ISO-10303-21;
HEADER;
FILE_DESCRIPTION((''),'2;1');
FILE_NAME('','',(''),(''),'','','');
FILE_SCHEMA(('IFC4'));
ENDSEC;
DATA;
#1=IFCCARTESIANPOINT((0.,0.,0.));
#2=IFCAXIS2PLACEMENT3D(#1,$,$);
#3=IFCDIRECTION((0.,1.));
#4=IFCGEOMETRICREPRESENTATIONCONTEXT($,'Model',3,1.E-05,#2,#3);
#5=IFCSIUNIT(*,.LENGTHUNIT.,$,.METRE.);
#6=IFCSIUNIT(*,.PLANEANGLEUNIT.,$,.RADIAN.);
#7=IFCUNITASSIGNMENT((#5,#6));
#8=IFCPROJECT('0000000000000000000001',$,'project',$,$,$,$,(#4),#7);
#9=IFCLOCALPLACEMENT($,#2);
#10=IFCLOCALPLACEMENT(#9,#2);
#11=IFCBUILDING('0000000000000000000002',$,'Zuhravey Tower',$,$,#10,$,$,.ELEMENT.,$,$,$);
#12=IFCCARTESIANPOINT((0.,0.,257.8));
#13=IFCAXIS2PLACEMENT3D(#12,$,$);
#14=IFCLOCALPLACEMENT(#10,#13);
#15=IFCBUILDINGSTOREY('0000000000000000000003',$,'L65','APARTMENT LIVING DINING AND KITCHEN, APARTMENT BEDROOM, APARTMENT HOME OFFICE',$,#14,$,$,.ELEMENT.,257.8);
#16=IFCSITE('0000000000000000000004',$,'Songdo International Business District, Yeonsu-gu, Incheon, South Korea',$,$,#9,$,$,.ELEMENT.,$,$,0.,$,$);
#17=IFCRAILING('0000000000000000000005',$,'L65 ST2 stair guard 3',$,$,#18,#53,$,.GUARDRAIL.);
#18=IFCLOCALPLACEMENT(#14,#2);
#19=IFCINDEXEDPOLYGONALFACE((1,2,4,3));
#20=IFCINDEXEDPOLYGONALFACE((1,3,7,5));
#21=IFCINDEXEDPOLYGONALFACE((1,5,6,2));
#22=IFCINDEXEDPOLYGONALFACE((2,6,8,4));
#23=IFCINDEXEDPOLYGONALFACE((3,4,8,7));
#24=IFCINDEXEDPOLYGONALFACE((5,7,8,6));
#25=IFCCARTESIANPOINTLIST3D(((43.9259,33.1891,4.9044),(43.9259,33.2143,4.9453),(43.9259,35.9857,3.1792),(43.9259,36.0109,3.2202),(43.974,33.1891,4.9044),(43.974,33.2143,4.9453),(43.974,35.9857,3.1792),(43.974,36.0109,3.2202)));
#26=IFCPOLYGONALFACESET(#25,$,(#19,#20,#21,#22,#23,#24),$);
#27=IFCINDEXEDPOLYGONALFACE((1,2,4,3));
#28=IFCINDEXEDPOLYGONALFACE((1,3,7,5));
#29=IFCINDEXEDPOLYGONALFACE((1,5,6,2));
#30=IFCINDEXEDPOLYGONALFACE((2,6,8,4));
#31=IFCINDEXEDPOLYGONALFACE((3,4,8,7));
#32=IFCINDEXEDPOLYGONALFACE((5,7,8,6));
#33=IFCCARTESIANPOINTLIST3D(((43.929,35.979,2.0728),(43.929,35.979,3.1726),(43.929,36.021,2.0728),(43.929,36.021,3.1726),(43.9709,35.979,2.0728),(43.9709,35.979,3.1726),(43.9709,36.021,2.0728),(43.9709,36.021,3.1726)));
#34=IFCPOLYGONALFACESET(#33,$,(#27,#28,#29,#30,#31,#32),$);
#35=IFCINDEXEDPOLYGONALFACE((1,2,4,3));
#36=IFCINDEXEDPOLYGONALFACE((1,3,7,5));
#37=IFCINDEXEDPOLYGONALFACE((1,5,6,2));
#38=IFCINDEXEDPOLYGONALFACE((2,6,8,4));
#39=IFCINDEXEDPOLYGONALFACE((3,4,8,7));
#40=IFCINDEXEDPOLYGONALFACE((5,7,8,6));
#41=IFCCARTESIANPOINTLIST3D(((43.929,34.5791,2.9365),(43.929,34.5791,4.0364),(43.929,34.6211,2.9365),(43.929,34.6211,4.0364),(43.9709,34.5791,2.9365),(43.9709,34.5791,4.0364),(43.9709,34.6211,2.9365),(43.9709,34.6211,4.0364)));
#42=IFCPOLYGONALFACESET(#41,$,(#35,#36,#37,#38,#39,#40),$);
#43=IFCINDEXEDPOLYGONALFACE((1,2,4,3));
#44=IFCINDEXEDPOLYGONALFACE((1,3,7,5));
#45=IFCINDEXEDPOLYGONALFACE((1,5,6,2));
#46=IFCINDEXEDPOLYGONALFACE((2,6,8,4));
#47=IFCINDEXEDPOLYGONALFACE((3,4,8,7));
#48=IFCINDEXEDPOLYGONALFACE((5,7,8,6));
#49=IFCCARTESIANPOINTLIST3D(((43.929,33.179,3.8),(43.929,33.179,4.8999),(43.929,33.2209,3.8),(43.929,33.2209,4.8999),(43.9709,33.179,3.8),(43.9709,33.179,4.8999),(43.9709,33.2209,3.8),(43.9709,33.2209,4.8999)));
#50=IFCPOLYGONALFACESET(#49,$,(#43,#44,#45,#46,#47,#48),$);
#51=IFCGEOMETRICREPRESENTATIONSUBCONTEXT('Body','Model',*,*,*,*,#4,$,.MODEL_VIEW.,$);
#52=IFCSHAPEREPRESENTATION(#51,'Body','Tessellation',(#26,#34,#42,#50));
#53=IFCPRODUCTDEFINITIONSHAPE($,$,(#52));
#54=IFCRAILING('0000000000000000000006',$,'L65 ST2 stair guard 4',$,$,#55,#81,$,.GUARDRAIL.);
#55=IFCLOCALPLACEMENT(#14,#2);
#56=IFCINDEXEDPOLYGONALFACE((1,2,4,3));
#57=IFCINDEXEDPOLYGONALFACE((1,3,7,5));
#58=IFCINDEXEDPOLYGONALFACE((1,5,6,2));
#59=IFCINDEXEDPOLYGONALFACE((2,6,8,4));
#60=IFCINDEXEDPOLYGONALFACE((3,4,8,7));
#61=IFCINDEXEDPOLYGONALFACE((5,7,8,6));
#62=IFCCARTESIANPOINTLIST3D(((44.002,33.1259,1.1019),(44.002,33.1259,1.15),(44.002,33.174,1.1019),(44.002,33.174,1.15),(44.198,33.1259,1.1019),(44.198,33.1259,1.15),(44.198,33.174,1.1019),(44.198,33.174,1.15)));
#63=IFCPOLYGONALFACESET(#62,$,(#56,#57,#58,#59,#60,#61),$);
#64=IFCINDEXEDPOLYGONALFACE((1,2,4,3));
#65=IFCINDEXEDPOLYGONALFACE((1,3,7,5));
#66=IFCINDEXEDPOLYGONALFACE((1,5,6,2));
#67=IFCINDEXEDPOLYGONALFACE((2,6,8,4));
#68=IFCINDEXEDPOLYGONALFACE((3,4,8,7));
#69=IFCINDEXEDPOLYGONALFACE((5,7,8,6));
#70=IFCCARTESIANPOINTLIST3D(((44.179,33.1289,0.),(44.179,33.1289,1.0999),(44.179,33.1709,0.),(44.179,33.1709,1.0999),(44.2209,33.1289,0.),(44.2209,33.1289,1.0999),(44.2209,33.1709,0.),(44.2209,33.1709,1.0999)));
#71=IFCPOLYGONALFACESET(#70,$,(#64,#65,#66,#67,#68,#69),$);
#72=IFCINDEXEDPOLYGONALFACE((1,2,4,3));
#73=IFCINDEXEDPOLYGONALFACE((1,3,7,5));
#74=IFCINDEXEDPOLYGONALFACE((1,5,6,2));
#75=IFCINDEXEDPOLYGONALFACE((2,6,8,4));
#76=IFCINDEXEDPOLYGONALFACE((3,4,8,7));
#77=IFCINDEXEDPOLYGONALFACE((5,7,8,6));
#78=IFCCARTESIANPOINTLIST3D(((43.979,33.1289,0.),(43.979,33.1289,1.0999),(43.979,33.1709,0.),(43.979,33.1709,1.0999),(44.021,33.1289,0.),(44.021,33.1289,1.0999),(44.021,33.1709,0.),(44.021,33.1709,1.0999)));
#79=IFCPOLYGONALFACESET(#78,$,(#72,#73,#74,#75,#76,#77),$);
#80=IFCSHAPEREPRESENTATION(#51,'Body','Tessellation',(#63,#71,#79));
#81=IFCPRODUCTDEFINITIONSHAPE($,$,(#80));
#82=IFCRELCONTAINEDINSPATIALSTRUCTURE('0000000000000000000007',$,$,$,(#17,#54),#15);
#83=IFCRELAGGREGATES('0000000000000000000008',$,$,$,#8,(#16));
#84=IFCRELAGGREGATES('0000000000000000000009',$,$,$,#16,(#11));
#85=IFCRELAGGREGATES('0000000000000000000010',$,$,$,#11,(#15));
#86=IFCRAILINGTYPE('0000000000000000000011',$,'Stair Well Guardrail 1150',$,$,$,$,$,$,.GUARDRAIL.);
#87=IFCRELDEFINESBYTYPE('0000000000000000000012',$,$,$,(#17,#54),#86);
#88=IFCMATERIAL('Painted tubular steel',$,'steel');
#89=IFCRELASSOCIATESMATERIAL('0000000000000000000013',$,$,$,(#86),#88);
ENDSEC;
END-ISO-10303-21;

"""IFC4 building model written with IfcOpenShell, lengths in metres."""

from ifc_helpers import new_model, si_unit, direction, frame, origin, origin_2d, place, context, subcontext, project, spatial, rectangle, extrude, material, type_object, element, save


model = new_model("IFC4")

# Units and contexts
model_context = context("Model", 3, precision=1e-05, world=origin(), true_north=direction((0.0, 1.0)))
body_context = subcontext(model_context, "Body", "Model", "MODEL_VIEW")
ifc_project = project(units=[si_unit("LENGTHUNIT", "METRE"), si_unit("PLANEANGLEUNIT", "RADIAN")], contexts=[model_context])

# Site, building, storey
site_placement = place(None, origin())
site = spatial("IfcSite", under=ifc_project, at=site_placement, Name="Songdo International Business District, Yeonsu-gu, Incheon, South Korea", CompositionType="ELEMENT", RefElevation=0.0)
building_placement = place(site_placement, origin())
building = spatial("IfcBuilding", under=site, at=building_placement, Name="Zuhravey Tower", CompositionType="ELEMENT")
storey_placement = place(building_placement, frame((0.0, 0.0, 257.8)))
storey = spatial("IfcBuildingStorey", under=building, at=storey_placement, Name="L65", Description="APARTMENT LIVING DINING AND KITCHEN, APARTMENT BEDROOM, APARTMENT HOME OFFICE", CompositionType="ELEMENT", Elevation=257.8)

# Railings
ifc_material_1 = material(Name="Painted tubular steel", Category="steel")
railing_type_1 = type_object("IfcRailingType", Name="Stair Well Guardrail 1150", PredefinedType="GUARDRAIL", material=ifc_material_1)
railing_1_placement = place(storey_placement, frame((43.95, 36.0, 2.0728)))
element("IfcRailing", 1, at=railing_1_placement, inside=storey, type_object=railing_type_1, Name="L65 ST2 stair guard 3", PredefinedType="GUARDRAIL", context=body_context, shape_type="SweptSolid", body=[
    extrude(rectangle(XDim=0.0481, YDim=0.0481, at=origin_2d()), frame((0.0, -0.0017, 1.127), z_axis=(0.0, -0.85109, 0.52502), x_axis=(1.0, 0.0, 0.0)), (0.0, 0.0, 1.0), 3.2859),
    extrude(rectangle(XDim=0.042, YDim=0.042, at=origin_2d()), origin(), (0.0, 0.0, 1.0), 1.0999),
    extrude(rectangle(XDim=0.042, YDim=0.042, at=origin_2d()), frame((0.0, -1.3999, 0.8638)), (0.0, 0.0, 1.0), 1.0999),
    extrude(rectangle(XDim=0.042, YDim=0.042, at=origin_2d()), frame((0.0, -2.8, 1.7273)), (0.0, 0.0, 1.0), 1.0999),
])
railing_2_placement = place(storey_placement, frame((44.2, 33.1499, 0.0)))
element("IfcRailing", 2, at=railing_2_placement, inside=storey, type_object=railing_type_1, Name="L65 ST2 stair guard 4", PredefinedType="GUARDRAIL", context=body_context, shape_type="SweptSolid", body=[
    extrude(rectangle(XDim=0.0481, YDim=0.0481, at=origin_2d()), frame((-0.002, 0.0, 1.126), z_axis=(-1.0, 0.0, 0.0), x_axis=(0.0, -1.0, 0.0)), (0.0, 0.0, 1.0), 0.196),
    extrude(rectangle(XDim=0.042, YDim=0.042, at=origin_2d()), origin(), (0.0, 0.0, 1.0), 1.0999),
    extrude(rectangle(XDim=0.042, YDim=0.042, at=origin_2d()), frame((-0.2, 0.0, 0.0)), (0.0, 0.0, 1.0), 1.0999),
])

save(model, "model.ifc")
